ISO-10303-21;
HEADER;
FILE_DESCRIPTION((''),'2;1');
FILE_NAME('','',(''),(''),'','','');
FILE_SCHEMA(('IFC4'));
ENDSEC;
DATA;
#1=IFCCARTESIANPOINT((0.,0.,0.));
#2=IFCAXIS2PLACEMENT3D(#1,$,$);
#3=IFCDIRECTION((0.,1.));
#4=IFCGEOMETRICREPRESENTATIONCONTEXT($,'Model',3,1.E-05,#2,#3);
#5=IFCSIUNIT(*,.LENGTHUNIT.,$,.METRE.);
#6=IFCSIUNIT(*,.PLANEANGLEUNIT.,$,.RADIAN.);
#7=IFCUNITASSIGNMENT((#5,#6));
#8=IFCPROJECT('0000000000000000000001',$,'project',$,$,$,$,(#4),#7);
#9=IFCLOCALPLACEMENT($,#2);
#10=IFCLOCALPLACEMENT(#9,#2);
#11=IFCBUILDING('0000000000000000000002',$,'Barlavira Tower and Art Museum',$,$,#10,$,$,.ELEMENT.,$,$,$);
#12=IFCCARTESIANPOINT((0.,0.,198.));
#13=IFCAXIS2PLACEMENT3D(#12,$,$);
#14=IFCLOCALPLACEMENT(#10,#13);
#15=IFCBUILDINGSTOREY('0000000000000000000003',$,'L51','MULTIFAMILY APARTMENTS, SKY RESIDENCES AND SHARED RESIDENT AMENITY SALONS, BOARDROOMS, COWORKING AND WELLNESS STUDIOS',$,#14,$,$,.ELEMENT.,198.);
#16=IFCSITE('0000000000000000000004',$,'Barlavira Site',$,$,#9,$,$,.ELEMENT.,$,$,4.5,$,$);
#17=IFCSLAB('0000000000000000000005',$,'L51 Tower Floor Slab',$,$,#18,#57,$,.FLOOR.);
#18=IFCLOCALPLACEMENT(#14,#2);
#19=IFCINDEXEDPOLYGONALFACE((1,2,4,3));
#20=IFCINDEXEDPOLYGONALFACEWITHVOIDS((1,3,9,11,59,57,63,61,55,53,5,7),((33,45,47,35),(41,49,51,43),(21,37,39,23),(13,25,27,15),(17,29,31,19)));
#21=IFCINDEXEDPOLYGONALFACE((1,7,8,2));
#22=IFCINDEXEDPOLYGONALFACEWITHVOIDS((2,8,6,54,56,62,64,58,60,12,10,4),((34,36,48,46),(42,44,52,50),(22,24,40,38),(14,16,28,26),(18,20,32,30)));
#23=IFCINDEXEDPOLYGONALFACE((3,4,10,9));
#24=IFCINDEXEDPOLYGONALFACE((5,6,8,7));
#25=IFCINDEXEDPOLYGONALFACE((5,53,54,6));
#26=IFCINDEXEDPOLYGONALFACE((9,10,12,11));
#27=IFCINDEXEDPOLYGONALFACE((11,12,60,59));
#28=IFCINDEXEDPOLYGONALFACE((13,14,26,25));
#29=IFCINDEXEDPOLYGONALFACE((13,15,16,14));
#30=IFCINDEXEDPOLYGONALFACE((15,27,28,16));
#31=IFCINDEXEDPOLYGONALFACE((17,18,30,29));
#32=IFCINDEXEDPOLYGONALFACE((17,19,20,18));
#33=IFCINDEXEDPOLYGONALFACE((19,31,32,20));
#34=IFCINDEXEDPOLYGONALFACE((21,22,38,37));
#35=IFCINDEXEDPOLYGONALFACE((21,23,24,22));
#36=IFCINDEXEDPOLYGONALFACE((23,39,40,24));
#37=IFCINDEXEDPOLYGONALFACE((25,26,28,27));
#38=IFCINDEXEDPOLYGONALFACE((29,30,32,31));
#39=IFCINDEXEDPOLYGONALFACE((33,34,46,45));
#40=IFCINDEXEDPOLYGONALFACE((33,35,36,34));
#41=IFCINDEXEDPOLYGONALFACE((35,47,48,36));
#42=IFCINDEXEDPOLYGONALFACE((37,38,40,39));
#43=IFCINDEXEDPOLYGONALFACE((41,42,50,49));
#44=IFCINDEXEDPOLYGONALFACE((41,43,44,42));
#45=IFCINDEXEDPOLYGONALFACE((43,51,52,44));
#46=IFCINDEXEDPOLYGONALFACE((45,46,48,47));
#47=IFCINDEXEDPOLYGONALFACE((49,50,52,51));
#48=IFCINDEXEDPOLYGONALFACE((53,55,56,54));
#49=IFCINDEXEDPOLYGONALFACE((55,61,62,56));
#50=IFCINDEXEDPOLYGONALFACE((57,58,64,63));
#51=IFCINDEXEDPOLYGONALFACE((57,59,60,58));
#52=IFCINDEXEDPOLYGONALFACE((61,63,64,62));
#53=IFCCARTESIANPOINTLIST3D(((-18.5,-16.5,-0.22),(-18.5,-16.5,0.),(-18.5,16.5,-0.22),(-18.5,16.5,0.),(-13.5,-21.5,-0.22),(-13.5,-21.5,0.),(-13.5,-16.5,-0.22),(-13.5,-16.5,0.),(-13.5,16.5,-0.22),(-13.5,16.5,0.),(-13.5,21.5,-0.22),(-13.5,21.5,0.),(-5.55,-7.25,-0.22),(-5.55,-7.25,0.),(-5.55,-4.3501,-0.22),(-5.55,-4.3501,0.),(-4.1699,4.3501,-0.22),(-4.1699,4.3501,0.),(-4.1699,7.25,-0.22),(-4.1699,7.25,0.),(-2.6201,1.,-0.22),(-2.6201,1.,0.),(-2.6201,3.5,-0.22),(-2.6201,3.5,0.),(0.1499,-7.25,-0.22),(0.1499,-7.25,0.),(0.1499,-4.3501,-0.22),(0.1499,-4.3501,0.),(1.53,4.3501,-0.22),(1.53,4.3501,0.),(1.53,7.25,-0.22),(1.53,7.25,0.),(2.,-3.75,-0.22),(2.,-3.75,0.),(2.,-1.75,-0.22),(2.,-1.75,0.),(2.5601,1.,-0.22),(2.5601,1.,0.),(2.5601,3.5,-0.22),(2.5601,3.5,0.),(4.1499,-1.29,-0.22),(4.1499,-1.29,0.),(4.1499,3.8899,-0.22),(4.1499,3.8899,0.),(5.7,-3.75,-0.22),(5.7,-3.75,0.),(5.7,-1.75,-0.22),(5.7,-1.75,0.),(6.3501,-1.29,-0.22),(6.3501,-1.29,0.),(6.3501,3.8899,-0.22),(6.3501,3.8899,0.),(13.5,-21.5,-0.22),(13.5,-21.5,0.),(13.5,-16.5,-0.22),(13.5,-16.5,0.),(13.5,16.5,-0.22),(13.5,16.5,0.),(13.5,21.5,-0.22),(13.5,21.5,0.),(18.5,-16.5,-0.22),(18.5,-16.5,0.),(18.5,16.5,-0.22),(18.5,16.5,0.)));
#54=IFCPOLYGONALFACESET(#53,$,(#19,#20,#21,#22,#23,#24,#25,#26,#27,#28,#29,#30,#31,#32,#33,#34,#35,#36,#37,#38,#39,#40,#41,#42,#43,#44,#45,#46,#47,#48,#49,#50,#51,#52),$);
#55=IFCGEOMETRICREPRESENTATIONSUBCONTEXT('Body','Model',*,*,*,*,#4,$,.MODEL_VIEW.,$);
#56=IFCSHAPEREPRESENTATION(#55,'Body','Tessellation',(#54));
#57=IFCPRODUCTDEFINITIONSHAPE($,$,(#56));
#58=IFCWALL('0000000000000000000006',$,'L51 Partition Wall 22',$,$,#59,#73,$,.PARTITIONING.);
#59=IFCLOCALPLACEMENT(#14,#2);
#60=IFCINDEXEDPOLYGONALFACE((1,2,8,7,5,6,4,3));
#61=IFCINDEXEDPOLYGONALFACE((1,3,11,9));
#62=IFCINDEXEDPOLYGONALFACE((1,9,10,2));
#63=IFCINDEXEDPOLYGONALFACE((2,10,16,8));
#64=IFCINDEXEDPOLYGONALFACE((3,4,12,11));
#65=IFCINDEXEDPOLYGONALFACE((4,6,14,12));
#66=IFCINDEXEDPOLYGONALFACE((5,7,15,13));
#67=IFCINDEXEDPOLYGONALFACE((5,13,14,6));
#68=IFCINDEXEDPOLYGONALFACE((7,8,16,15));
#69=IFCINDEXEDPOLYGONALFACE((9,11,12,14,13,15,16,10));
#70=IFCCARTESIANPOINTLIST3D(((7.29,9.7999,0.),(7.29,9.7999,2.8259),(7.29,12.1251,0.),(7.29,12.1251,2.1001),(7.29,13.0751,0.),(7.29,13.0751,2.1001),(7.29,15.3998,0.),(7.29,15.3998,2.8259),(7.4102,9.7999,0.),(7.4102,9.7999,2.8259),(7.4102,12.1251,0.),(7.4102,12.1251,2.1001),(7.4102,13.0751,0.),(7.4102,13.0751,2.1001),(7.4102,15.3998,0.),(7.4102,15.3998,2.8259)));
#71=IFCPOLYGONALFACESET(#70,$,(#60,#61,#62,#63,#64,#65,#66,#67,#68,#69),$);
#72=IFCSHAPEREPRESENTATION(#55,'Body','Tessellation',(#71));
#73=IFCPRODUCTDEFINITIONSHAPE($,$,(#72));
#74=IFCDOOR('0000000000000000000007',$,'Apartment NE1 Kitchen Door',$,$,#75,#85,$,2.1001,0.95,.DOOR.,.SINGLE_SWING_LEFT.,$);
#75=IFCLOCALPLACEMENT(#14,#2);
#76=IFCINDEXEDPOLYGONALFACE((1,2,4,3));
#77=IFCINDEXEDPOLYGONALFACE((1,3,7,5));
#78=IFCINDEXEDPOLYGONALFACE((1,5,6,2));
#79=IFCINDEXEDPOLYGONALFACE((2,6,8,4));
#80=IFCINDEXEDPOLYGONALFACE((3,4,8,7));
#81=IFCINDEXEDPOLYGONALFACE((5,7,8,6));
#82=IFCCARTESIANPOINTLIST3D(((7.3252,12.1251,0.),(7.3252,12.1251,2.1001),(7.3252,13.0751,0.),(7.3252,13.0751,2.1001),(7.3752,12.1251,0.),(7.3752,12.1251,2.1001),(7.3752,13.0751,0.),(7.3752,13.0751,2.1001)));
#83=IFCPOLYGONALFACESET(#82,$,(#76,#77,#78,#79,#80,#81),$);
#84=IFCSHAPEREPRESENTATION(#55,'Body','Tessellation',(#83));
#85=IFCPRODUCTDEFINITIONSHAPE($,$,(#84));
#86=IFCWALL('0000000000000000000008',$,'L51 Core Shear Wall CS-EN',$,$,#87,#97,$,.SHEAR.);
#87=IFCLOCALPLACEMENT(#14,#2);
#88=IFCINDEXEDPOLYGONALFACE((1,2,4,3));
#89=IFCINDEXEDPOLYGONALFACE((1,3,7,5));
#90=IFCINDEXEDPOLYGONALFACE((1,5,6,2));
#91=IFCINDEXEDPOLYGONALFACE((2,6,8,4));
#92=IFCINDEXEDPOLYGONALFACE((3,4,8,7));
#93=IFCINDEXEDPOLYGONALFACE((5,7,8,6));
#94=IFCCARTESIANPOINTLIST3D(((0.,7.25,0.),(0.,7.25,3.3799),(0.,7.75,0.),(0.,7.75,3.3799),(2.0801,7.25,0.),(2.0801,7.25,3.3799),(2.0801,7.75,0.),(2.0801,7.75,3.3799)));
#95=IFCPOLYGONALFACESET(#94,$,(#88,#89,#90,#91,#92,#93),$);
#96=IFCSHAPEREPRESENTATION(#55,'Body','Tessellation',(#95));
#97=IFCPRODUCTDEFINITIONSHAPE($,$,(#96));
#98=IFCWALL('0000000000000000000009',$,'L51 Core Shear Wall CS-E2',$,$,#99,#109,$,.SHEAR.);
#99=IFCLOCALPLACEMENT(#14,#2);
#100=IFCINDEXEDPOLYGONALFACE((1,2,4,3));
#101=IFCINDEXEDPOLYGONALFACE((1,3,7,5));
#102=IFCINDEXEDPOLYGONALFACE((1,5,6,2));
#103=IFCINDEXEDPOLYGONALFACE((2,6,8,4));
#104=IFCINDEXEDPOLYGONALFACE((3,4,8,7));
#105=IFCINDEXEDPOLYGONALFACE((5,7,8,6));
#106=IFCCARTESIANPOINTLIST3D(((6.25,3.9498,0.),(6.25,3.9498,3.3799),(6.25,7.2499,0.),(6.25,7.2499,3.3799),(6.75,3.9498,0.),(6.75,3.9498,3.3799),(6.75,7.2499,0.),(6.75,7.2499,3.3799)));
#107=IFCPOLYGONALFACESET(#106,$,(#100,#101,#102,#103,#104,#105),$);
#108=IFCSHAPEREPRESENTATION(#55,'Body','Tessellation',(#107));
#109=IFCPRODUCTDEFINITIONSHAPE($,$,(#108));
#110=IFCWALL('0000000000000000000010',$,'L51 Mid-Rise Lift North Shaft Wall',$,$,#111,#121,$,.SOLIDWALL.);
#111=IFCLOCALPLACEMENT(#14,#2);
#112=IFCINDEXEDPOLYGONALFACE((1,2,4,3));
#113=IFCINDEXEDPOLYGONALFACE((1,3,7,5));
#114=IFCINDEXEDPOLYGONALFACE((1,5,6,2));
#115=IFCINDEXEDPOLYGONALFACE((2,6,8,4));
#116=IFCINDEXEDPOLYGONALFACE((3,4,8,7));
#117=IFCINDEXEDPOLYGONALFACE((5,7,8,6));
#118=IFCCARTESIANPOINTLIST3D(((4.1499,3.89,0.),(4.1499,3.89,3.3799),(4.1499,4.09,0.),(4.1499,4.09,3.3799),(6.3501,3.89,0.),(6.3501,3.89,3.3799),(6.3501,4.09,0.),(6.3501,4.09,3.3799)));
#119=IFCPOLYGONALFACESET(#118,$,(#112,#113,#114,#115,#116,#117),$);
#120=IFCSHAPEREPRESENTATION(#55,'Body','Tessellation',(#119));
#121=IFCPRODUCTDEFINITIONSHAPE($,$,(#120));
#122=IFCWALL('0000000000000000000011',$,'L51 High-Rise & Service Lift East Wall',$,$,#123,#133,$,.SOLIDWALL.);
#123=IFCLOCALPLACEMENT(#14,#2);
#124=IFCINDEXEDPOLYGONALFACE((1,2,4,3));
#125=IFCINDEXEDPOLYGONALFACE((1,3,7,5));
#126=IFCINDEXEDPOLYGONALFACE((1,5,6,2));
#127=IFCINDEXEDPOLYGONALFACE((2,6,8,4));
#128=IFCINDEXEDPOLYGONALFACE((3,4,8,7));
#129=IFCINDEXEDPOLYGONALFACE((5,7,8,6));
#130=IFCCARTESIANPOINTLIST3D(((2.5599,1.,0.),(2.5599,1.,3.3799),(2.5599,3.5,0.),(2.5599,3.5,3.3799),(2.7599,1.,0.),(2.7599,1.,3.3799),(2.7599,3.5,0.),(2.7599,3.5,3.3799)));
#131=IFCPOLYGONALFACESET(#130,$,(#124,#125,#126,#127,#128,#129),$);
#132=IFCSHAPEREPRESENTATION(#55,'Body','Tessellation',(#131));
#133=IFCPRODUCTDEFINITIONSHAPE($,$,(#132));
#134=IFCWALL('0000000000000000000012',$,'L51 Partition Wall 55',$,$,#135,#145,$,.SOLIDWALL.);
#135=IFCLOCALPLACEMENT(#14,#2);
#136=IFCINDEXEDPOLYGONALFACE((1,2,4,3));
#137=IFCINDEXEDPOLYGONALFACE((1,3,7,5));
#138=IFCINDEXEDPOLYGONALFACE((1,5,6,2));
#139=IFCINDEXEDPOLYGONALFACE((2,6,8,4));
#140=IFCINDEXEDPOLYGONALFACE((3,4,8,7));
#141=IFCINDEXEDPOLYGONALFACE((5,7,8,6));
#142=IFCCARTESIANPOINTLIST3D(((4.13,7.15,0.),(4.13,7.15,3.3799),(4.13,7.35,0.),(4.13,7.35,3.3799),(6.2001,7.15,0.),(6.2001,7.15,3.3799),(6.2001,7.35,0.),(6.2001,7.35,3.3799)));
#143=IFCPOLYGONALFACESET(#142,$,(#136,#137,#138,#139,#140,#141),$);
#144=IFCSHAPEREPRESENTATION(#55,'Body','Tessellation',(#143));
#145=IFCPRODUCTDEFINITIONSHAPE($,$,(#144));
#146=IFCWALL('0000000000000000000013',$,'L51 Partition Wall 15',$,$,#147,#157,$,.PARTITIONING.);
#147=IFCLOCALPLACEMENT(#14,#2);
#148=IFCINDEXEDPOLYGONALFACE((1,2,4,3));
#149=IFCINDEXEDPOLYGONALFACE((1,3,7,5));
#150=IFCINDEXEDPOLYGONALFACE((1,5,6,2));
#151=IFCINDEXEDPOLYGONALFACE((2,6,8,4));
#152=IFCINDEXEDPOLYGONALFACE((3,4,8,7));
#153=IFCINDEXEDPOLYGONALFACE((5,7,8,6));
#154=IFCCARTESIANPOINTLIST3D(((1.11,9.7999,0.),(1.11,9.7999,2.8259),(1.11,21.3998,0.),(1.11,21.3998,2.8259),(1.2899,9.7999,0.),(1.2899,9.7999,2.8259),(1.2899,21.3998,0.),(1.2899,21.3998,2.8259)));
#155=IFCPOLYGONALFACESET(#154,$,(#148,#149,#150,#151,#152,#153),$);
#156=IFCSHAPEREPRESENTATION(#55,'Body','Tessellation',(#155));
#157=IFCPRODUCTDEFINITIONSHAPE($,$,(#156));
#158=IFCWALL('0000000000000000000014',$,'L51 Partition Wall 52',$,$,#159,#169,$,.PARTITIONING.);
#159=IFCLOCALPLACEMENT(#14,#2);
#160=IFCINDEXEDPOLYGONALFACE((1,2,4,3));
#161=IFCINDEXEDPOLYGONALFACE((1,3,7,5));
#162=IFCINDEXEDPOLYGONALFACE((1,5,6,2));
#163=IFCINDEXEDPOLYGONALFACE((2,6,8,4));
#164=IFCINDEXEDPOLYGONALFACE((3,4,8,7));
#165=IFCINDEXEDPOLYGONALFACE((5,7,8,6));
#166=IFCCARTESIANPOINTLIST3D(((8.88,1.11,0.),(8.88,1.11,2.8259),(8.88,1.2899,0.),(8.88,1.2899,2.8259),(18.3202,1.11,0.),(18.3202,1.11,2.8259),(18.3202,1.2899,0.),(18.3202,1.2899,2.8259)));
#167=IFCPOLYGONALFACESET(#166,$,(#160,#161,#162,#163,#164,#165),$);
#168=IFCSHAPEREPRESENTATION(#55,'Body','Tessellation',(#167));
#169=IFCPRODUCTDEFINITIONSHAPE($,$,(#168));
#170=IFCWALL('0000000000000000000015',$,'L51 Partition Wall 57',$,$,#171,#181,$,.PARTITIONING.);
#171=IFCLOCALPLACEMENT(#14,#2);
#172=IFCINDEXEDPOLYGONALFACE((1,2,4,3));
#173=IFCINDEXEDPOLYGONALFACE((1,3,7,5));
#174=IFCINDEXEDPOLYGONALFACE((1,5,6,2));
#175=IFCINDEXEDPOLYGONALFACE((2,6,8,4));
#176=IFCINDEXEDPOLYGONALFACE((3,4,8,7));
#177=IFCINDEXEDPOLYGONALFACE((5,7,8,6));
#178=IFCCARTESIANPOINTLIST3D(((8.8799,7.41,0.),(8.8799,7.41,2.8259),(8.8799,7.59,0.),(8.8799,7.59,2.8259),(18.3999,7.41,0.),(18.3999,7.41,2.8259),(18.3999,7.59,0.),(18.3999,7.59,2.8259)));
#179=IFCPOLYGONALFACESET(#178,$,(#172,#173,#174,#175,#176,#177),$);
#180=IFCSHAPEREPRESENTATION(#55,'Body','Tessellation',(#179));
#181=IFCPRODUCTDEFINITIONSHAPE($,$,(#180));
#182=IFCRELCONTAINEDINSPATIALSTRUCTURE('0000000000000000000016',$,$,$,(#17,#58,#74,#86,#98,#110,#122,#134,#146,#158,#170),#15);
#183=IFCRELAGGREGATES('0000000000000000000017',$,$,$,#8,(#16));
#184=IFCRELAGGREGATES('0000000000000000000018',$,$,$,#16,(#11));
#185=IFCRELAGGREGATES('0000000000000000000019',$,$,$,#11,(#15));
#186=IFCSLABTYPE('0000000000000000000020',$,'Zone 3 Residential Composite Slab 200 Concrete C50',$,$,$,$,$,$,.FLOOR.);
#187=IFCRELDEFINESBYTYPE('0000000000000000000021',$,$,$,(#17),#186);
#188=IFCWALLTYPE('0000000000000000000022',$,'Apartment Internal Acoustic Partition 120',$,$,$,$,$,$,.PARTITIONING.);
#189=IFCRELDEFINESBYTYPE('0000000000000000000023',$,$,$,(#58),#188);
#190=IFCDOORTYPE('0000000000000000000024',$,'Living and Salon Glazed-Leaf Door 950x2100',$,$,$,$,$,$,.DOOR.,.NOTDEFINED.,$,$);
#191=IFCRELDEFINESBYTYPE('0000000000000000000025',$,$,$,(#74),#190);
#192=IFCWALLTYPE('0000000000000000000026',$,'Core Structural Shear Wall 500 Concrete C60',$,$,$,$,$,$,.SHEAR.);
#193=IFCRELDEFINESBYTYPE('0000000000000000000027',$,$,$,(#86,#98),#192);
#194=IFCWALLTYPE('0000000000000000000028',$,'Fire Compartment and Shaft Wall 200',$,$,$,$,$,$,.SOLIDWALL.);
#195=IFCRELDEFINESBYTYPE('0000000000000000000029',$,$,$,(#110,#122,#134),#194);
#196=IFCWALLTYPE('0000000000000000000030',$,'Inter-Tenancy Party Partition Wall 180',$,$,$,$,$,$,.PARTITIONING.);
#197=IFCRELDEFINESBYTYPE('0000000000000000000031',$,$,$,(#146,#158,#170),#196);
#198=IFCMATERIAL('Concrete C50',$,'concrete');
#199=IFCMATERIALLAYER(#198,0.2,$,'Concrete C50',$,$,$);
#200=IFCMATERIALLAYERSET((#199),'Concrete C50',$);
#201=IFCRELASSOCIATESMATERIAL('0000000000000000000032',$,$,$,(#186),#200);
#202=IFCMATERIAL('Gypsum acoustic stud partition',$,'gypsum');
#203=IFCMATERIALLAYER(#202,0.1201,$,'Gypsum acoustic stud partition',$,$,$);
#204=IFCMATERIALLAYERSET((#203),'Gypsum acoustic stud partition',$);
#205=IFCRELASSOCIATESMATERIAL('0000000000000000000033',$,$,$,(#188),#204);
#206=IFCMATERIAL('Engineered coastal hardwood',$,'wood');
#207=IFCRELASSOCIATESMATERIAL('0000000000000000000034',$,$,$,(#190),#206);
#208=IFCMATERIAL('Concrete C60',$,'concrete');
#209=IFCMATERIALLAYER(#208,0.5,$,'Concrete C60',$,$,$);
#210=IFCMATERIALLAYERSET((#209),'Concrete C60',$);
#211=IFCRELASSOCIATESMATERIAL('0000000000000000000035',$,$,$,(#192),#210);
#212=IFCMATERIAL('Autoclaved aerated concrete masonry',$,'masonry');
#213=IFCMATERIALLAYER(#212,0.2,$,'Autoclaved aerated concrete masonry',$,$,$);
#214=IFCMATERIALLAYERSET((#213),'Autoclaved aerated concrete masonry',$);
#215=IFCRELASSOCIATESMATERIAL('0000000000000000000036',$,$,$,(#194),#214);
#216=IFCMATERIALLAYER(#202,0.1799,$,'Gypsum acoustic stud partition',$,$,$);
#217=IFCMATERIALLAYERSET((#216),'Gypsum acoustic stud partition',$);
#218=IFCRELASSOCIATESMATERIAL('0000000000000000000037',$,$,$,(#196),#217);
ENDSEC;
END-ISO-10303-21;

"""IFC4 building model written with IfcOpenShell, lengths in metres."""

from ifc_helpers import new_model, si_unit, direction, frame, frame_2d, origin, place, context, subcontext, project, spatial, polyline, rectangle, outline, extrude, material, layer, layer_set, type_object, element, fill, save


model = new_model("IFC4")

# Units and contexts
model_context = context("Model", 3, precision=1e-05, world=origin(), true_north=direction((0.0, 1.0)))
body_context = subcontext(model_context, "Body", "Model", "MODEL_VIEW")
ifc_project = project(units=[si_unit("LENGTHUNIT", "METRE"), si_unit("PLANEANGLEUNIT", "RADIAN")], contexts=[model_context])

# Site, building, storey
site_placement = place(None, origin())
site = spatial("IfcSite", under=ifc_project, at=site_placement, Name="Barlavira Site", CompositionType="ELEMENT", RefElevation=4.5)
building_placement = place(site_placement, origin())
building = spatial("IfcBuilding", under=site, at=building_placement, Name="Barlavira Tower and Art Museum", CompositionType="ELEMENT")
storey_placement = place(building_placement, frame((0.0, 0.0, 198.0)))
storey = spatial("IfcBuildingStorey", under=building, at=storey_placement, Name="L51", Description="MULTIFAMILY APARTMENTS, SKY RESIDENCES AND SHARED RESIDENT AMENITY SALONS, BOARDROOMS, COWORKING AND WELLNESS STUDIOS", CompositionType="ELEMENT", Elevation=198.0)

# Slab
ifc_material_1 = material(Name="Concrete C50", Category="concrete")
ifc_layer_1 = layer(ifc_material_1, 0.2, Name="Concrete C50")
ifc_layer_set_1 = layer_set([ifc_layer_1], Name="Concrete C50")
slab_type_1 = type_object("IfcSlabType", Name="Zone 3 Residential Composite Slab 200 Concrete C50", PredefinedType="FLOOR", material=ifc_layer_set_1)
slab_1_placement = place(storey_placement, frame((0.0, 0.0, -0.22)))
element("IfcSlab", 1, at=slab_1_placement, inside=storey, type_object=slab_type_1, Name="L51 Tower Floor Slab", PredefinedType="FLOOR", context=body_context, shape_type="SweptSolid", body=[
    extrude(outline(polyline([(-13.5, -21.5), (13.5, -21.5), (13.5, -16.5), (18.5, -16.5), (18.5, 16.5), (13.5, 16.5), (13.5, 21.5), (-13.5, 21.5), (-13.5, 16.5), (-18.5, 16.5), (-18.5, -16.5), (-13.5, -16.5), (-13.5, -21.5)]), holes=[polyline([(0.1499, -4.3501), (-5.55, -4.3501), (-5.55, -7.25), (0.1499, -7.25), (0.1499, -4.3501)]), polyline([(-4.1699, 4.3501), (1.53, 4.3501), (1.53, 7.25), (-4.1699, 7.25), (-4.1699, 4.3501)]), polyline([(4.1499, -1.29), (6.3501, -1.29), (6.3501, 3.8899), (4.1499, 3.8899), (4.1499, -1.29)]), polyline([(-2.6201, 1.0), (2.5601, 1.0), (2.5601, 3.5), (-2.6201, 3.5), (-2.6201, 1.0)]), polyline([(2.0, -3.75), (5.7, -3.75), (5.7, -1.75), (2.0, -1.75), (2.0, -3.75)])]), origin(), (0.0, 0.0, 1.0), 0.22),
])

# Wall, opening, door
ifc_material_2 = material(Name="Gypsum acoustic stud partition", Category="gypsum")
ifc_layer_2 = layer(ifc_material_2, 0.1201, Name="Gypsum acoustic stud partition")
ifc_layer_set_2 = layer_set([ifc_layer_2], Name="Gypsum acoustic stud partition")
wall_type_1 = type_object("IfcWallType", Name="Apartment Internal Acoustic Partition 120", PredefinedType="PARTITIONING", material=ifc_layer_set_2)
wall_1_placement = place(storey_placement, frame((7.3501, 9.8, 0.0), z_axis=(0.0, 0.0, 1.0), x_axis=(0.0, 1.0, 0.0)))
wall_1 = element("IfcWall", 2, at=wall_1_placement, inside=storey, type_object=wall_type_1, Name="L51 Partition Wall 22", PredefinedType="PARTITIONING", context=body_context, shape_type="SweptSolid", body=[
    extrude(rectangle(XDim=5.5999, YDim=0.1201, at=frame_2d((2.7998, 0.0))), origin(), (0.0, 0.0, 1.0), 2.8259),
])
opening_1_placement = place(wall_1_placement, frame((2.325, 0.0, 0.0)))
opening_1 = element("IfcOpeningElement", 3, at=opening_1_placement, cuts=wall_1, PredefinedType="OPENING", context=body_context, shape_type="SweptSolid", body=[
    extrude(rectangle(XDim=0.95, YDim=2.1001, at=frame_2d((0.4751, 1.05))), frame((0.0, 0.0701, 0.0), z_axis=(0.0, -1.0, 0.0), x_axis=(1.0, 0.0, 0.0)), (0.0, 0.0, 1.0), 0.1401),
])
ifc_material_3 = material(Name="Engineered coastal hardwood", Category="wood")
door_type_1 = type_object("IfcDoorType", Name="Living and Salon Glazed-Leaf Door 950x2100", OperationType="NOTDEFINED", PredefinedType="DOOR", material=ifc_material_3)
door_1_placement = place(opening_1_placement, origin())
door_1 = element("IfcDoor", 4, at=door_1_placement, inside=storey, type_object=door_type_1, Name="Apartment NE1 Kitchen Door", OperationType="SINGLE_SWING_LEFT", OverallHeight=2.1001, OverallWidth=0.95, PredefinedType="DOOR", context=body_context, shape_type="SweptSolid", body=[
    extrude(rectangle(XDim=0.95, YDim=2.1001, at=frame_2d((0.4751, 1.05))), frame((0.0, 0.0249, 0.0), z_axis=(0.0, -1.0, 0.0), x_axis=(1.0, 0.0, 0.0)), (0.0, 0.0, 1.0), 0.05),
])
fill(opening_1, door_1)

# Walls
ifc_material_4 = material(Name="Concrete C60", Category="concrete")
ifc_layer_3 = layer(ifc_material_4, 0.5, Name="Concrete C60")
ifc_layer_set_3 = layer_set([ifc_layer_3], Name="Concrete C60")
wall_type_2 = type_object("IfcWallType", Name="Core Structural Shear Wall 500 Concrete C60", PredefinedType="SHEAR", material=ifc_layer_set_3)
wall_2_placement = place(storey_placement, frame((0.0, 7.5, 0.0), z_axis=(0.0, 0.0, 1.0), x_axis=(1.0, 0.0, 0.0)))
element("IfcWall", 5, at=wall_2_placement, inside=storey, type_object=wall_type_2, Name="L51 Core Shear Wall CS-EN", PredefinedType="SHEAR", context=body_context, shape_type="SweptSolid", body=[
    extrude(rectangle(XDim=2.0801, YDim=0.5, at=frame_2d((1.04, 0.0))), origin(), (0.0, 0.0, 1.0), 3.3799),
])
wall_3_placement = place(storey_placement, frame((6.5, 3.95, 0.0), z_axis=(0.0, 0.0, 1.0), x_axis=(0.0, 1.0, 0.0)))
element("IfcWall", 6, at=wall_3_placement, inside=storey, type_object=wall_type_2, Name="L51 Core Shear Wall CS-E2", PredefinedType="SHEAR", context=body_context, shape_type="SweptSolid", body=[
    extrude(rectangle(XDim=3.3, YDim=0.5, at=frame_2d((1.6499, 0.0))), origin(), (0.0, 0.0, 1.0), 3.3799),
])
ifc_material_5 = material(Name="Autoclaved aerated concrete masonry", Category="masonry")
ifc_layer_4 = layer(ifc_material_5, 0.2, Name="Autoclaved aerated concrete masonry")
ifc_layer_set_4 = layer_set([ifc_layer_4], Name="Autoclaved aerated concrete masonry")
wall_type_3 = type_object("IfcWallType", Name="Fire Compartment and Shaft Wall 200", PredefinedType="SOLIDWALL", material=ifc_layer_set_4)
wall_4_placement = place(storey_placement, frame((4.1499, 3.99, 0.0), z_axis=(0.0, 0.0, 1.0), x_axis=(1.0, 0.0, 0.0)))
element("IfcWall", 7, at=wall_4_placement, inside=storey, type_object=wall_type_3, Name="L51 Mid-Rise Lift North Shaft Wall", PredefinedType="SOLIDWALL", context=body_context, shape_type="SweptSolid", body=[
    extrude(rectangle(XDim=2.2002, YDim=0.2, at=frame_2d((1.1001, 0.0))), origin(), (0.0, 0.0, 1.0), 3.3799),
])
wall_5_placement = place(storey_placement, frame((2.6599, 1.0, 0.0), z_axis=(0.0, 0.0, 1.0), x_axis=(0.0, 1.0, 0.0)))
element("IfcWall", 8, at=wall_5_placement, inside=storey, type_object=wall_type_3, Name="L51 High-Rise & Service Lift East Wall", PredefinedType="SOLIDWALL", context=body_context, shape_type="SweptSolid", body=[
    extrude(rectangle(XDim=2.5, YDim=0.2, at=frame_2d((1.25, 0.0))), origin(), (0.0, 0.0, 1.0), 3.3799),
])

# Walls
wall_6_placement = place(storey_placement, frame((4.1299, 7.25, 0.0), z_axis=(0.0, 0.0, 1.0), x_axis=(1.0, 0.0, 0.0)))
element("IfcWall", 9, at=wall_6_placement, inside=storey, type_object=wall_type_3, Name="L51 Partition Wall 55", PredefinedType="SOLIDWALL", context=body_context, shape_type="SweptSolid", body=[
    extrude(rectangle(XDim=2.0701, YDim=0.2, at=frame_2d((1.0352, 0.0))), origin(), (0.0, 0.0, 1.0), 3.3799),
])
ifc_layer_5 = layer(ifc_material_2, 0.1799, Name="Gypsum acoustic stud partition")
ifc_layer_set_5 = layer_set([ifc_layer_5], Name="Gypsum acoustic stud partition")
wall_type_4 = type_object("IfcWallType", Name="Inter-Tenancy Party Partition Wall 180", PredefinedType="PARTITIONING", material=ifc_layer_set_5)
wall_7_placement = place(storey_placement, frame((1.2, 9.8, 0.0), z_axis=(0.0, 0.0, 1.0), x_axis=(0.0, 1.0, 0.0)))
element("IfcWall", 10, at=wall_7_placement, inside=storey, type_object=wall_type_4, Name="L51 Partition Wall 15", PredefinedType="PARTITIONING", context=body_context, shape_type="SweptSolid", body=[
    extrude(rectangle(XDim=11.5999, YDim=0.1799, at=frame_2d((5.7998, 0.0))), origin(), (0.0, 0.0, 1.0), 2.8259),
])
wall_8_placement = place(storey_placement, frame((8.8799, 1.2, 0.0), z_axis=(0.0, 0.0, 1.0), x_axis=(1.0, 0.0, 0.0)))
element("IfcWall", 11, at=wall_8_placement, inside=storey, type_object=wall_type_4, Name="L51 Partition Wall 52", PredefinedType="PARTITIONING", context=body_context, shape_type="SweptSolid", body=[
    extrude(rectangle(XDim=9.4402, YDim=0.1799, at=frame_2d((4.7202, 0.0))), origin(), (0.0, 0.0, 1.0), 2.8259),
])
wall_9_placement = place(storey_placement, frame((8.8799, 7.5, 0.0), z_axis=(0.0, 0.0, 1.0), x_axis=(1.0, 0.0, 0.0)))
element("IfcWall", 12, at=wall_9_placement, inside=storey, type_object=wall_type_4, Name="L51 Partition Wall 57", PredefinedType="PARTITIONING", context=body_context, shape_type="SweptSolid", body=[
    extrude(rectangle(XDim=9.52, YDim=0.1799, at=frame_2d((4.76, 0.0))), origin(), (0.0, 0.0, 1.0), 2.8259),
])

save(model, "model.ifc")
